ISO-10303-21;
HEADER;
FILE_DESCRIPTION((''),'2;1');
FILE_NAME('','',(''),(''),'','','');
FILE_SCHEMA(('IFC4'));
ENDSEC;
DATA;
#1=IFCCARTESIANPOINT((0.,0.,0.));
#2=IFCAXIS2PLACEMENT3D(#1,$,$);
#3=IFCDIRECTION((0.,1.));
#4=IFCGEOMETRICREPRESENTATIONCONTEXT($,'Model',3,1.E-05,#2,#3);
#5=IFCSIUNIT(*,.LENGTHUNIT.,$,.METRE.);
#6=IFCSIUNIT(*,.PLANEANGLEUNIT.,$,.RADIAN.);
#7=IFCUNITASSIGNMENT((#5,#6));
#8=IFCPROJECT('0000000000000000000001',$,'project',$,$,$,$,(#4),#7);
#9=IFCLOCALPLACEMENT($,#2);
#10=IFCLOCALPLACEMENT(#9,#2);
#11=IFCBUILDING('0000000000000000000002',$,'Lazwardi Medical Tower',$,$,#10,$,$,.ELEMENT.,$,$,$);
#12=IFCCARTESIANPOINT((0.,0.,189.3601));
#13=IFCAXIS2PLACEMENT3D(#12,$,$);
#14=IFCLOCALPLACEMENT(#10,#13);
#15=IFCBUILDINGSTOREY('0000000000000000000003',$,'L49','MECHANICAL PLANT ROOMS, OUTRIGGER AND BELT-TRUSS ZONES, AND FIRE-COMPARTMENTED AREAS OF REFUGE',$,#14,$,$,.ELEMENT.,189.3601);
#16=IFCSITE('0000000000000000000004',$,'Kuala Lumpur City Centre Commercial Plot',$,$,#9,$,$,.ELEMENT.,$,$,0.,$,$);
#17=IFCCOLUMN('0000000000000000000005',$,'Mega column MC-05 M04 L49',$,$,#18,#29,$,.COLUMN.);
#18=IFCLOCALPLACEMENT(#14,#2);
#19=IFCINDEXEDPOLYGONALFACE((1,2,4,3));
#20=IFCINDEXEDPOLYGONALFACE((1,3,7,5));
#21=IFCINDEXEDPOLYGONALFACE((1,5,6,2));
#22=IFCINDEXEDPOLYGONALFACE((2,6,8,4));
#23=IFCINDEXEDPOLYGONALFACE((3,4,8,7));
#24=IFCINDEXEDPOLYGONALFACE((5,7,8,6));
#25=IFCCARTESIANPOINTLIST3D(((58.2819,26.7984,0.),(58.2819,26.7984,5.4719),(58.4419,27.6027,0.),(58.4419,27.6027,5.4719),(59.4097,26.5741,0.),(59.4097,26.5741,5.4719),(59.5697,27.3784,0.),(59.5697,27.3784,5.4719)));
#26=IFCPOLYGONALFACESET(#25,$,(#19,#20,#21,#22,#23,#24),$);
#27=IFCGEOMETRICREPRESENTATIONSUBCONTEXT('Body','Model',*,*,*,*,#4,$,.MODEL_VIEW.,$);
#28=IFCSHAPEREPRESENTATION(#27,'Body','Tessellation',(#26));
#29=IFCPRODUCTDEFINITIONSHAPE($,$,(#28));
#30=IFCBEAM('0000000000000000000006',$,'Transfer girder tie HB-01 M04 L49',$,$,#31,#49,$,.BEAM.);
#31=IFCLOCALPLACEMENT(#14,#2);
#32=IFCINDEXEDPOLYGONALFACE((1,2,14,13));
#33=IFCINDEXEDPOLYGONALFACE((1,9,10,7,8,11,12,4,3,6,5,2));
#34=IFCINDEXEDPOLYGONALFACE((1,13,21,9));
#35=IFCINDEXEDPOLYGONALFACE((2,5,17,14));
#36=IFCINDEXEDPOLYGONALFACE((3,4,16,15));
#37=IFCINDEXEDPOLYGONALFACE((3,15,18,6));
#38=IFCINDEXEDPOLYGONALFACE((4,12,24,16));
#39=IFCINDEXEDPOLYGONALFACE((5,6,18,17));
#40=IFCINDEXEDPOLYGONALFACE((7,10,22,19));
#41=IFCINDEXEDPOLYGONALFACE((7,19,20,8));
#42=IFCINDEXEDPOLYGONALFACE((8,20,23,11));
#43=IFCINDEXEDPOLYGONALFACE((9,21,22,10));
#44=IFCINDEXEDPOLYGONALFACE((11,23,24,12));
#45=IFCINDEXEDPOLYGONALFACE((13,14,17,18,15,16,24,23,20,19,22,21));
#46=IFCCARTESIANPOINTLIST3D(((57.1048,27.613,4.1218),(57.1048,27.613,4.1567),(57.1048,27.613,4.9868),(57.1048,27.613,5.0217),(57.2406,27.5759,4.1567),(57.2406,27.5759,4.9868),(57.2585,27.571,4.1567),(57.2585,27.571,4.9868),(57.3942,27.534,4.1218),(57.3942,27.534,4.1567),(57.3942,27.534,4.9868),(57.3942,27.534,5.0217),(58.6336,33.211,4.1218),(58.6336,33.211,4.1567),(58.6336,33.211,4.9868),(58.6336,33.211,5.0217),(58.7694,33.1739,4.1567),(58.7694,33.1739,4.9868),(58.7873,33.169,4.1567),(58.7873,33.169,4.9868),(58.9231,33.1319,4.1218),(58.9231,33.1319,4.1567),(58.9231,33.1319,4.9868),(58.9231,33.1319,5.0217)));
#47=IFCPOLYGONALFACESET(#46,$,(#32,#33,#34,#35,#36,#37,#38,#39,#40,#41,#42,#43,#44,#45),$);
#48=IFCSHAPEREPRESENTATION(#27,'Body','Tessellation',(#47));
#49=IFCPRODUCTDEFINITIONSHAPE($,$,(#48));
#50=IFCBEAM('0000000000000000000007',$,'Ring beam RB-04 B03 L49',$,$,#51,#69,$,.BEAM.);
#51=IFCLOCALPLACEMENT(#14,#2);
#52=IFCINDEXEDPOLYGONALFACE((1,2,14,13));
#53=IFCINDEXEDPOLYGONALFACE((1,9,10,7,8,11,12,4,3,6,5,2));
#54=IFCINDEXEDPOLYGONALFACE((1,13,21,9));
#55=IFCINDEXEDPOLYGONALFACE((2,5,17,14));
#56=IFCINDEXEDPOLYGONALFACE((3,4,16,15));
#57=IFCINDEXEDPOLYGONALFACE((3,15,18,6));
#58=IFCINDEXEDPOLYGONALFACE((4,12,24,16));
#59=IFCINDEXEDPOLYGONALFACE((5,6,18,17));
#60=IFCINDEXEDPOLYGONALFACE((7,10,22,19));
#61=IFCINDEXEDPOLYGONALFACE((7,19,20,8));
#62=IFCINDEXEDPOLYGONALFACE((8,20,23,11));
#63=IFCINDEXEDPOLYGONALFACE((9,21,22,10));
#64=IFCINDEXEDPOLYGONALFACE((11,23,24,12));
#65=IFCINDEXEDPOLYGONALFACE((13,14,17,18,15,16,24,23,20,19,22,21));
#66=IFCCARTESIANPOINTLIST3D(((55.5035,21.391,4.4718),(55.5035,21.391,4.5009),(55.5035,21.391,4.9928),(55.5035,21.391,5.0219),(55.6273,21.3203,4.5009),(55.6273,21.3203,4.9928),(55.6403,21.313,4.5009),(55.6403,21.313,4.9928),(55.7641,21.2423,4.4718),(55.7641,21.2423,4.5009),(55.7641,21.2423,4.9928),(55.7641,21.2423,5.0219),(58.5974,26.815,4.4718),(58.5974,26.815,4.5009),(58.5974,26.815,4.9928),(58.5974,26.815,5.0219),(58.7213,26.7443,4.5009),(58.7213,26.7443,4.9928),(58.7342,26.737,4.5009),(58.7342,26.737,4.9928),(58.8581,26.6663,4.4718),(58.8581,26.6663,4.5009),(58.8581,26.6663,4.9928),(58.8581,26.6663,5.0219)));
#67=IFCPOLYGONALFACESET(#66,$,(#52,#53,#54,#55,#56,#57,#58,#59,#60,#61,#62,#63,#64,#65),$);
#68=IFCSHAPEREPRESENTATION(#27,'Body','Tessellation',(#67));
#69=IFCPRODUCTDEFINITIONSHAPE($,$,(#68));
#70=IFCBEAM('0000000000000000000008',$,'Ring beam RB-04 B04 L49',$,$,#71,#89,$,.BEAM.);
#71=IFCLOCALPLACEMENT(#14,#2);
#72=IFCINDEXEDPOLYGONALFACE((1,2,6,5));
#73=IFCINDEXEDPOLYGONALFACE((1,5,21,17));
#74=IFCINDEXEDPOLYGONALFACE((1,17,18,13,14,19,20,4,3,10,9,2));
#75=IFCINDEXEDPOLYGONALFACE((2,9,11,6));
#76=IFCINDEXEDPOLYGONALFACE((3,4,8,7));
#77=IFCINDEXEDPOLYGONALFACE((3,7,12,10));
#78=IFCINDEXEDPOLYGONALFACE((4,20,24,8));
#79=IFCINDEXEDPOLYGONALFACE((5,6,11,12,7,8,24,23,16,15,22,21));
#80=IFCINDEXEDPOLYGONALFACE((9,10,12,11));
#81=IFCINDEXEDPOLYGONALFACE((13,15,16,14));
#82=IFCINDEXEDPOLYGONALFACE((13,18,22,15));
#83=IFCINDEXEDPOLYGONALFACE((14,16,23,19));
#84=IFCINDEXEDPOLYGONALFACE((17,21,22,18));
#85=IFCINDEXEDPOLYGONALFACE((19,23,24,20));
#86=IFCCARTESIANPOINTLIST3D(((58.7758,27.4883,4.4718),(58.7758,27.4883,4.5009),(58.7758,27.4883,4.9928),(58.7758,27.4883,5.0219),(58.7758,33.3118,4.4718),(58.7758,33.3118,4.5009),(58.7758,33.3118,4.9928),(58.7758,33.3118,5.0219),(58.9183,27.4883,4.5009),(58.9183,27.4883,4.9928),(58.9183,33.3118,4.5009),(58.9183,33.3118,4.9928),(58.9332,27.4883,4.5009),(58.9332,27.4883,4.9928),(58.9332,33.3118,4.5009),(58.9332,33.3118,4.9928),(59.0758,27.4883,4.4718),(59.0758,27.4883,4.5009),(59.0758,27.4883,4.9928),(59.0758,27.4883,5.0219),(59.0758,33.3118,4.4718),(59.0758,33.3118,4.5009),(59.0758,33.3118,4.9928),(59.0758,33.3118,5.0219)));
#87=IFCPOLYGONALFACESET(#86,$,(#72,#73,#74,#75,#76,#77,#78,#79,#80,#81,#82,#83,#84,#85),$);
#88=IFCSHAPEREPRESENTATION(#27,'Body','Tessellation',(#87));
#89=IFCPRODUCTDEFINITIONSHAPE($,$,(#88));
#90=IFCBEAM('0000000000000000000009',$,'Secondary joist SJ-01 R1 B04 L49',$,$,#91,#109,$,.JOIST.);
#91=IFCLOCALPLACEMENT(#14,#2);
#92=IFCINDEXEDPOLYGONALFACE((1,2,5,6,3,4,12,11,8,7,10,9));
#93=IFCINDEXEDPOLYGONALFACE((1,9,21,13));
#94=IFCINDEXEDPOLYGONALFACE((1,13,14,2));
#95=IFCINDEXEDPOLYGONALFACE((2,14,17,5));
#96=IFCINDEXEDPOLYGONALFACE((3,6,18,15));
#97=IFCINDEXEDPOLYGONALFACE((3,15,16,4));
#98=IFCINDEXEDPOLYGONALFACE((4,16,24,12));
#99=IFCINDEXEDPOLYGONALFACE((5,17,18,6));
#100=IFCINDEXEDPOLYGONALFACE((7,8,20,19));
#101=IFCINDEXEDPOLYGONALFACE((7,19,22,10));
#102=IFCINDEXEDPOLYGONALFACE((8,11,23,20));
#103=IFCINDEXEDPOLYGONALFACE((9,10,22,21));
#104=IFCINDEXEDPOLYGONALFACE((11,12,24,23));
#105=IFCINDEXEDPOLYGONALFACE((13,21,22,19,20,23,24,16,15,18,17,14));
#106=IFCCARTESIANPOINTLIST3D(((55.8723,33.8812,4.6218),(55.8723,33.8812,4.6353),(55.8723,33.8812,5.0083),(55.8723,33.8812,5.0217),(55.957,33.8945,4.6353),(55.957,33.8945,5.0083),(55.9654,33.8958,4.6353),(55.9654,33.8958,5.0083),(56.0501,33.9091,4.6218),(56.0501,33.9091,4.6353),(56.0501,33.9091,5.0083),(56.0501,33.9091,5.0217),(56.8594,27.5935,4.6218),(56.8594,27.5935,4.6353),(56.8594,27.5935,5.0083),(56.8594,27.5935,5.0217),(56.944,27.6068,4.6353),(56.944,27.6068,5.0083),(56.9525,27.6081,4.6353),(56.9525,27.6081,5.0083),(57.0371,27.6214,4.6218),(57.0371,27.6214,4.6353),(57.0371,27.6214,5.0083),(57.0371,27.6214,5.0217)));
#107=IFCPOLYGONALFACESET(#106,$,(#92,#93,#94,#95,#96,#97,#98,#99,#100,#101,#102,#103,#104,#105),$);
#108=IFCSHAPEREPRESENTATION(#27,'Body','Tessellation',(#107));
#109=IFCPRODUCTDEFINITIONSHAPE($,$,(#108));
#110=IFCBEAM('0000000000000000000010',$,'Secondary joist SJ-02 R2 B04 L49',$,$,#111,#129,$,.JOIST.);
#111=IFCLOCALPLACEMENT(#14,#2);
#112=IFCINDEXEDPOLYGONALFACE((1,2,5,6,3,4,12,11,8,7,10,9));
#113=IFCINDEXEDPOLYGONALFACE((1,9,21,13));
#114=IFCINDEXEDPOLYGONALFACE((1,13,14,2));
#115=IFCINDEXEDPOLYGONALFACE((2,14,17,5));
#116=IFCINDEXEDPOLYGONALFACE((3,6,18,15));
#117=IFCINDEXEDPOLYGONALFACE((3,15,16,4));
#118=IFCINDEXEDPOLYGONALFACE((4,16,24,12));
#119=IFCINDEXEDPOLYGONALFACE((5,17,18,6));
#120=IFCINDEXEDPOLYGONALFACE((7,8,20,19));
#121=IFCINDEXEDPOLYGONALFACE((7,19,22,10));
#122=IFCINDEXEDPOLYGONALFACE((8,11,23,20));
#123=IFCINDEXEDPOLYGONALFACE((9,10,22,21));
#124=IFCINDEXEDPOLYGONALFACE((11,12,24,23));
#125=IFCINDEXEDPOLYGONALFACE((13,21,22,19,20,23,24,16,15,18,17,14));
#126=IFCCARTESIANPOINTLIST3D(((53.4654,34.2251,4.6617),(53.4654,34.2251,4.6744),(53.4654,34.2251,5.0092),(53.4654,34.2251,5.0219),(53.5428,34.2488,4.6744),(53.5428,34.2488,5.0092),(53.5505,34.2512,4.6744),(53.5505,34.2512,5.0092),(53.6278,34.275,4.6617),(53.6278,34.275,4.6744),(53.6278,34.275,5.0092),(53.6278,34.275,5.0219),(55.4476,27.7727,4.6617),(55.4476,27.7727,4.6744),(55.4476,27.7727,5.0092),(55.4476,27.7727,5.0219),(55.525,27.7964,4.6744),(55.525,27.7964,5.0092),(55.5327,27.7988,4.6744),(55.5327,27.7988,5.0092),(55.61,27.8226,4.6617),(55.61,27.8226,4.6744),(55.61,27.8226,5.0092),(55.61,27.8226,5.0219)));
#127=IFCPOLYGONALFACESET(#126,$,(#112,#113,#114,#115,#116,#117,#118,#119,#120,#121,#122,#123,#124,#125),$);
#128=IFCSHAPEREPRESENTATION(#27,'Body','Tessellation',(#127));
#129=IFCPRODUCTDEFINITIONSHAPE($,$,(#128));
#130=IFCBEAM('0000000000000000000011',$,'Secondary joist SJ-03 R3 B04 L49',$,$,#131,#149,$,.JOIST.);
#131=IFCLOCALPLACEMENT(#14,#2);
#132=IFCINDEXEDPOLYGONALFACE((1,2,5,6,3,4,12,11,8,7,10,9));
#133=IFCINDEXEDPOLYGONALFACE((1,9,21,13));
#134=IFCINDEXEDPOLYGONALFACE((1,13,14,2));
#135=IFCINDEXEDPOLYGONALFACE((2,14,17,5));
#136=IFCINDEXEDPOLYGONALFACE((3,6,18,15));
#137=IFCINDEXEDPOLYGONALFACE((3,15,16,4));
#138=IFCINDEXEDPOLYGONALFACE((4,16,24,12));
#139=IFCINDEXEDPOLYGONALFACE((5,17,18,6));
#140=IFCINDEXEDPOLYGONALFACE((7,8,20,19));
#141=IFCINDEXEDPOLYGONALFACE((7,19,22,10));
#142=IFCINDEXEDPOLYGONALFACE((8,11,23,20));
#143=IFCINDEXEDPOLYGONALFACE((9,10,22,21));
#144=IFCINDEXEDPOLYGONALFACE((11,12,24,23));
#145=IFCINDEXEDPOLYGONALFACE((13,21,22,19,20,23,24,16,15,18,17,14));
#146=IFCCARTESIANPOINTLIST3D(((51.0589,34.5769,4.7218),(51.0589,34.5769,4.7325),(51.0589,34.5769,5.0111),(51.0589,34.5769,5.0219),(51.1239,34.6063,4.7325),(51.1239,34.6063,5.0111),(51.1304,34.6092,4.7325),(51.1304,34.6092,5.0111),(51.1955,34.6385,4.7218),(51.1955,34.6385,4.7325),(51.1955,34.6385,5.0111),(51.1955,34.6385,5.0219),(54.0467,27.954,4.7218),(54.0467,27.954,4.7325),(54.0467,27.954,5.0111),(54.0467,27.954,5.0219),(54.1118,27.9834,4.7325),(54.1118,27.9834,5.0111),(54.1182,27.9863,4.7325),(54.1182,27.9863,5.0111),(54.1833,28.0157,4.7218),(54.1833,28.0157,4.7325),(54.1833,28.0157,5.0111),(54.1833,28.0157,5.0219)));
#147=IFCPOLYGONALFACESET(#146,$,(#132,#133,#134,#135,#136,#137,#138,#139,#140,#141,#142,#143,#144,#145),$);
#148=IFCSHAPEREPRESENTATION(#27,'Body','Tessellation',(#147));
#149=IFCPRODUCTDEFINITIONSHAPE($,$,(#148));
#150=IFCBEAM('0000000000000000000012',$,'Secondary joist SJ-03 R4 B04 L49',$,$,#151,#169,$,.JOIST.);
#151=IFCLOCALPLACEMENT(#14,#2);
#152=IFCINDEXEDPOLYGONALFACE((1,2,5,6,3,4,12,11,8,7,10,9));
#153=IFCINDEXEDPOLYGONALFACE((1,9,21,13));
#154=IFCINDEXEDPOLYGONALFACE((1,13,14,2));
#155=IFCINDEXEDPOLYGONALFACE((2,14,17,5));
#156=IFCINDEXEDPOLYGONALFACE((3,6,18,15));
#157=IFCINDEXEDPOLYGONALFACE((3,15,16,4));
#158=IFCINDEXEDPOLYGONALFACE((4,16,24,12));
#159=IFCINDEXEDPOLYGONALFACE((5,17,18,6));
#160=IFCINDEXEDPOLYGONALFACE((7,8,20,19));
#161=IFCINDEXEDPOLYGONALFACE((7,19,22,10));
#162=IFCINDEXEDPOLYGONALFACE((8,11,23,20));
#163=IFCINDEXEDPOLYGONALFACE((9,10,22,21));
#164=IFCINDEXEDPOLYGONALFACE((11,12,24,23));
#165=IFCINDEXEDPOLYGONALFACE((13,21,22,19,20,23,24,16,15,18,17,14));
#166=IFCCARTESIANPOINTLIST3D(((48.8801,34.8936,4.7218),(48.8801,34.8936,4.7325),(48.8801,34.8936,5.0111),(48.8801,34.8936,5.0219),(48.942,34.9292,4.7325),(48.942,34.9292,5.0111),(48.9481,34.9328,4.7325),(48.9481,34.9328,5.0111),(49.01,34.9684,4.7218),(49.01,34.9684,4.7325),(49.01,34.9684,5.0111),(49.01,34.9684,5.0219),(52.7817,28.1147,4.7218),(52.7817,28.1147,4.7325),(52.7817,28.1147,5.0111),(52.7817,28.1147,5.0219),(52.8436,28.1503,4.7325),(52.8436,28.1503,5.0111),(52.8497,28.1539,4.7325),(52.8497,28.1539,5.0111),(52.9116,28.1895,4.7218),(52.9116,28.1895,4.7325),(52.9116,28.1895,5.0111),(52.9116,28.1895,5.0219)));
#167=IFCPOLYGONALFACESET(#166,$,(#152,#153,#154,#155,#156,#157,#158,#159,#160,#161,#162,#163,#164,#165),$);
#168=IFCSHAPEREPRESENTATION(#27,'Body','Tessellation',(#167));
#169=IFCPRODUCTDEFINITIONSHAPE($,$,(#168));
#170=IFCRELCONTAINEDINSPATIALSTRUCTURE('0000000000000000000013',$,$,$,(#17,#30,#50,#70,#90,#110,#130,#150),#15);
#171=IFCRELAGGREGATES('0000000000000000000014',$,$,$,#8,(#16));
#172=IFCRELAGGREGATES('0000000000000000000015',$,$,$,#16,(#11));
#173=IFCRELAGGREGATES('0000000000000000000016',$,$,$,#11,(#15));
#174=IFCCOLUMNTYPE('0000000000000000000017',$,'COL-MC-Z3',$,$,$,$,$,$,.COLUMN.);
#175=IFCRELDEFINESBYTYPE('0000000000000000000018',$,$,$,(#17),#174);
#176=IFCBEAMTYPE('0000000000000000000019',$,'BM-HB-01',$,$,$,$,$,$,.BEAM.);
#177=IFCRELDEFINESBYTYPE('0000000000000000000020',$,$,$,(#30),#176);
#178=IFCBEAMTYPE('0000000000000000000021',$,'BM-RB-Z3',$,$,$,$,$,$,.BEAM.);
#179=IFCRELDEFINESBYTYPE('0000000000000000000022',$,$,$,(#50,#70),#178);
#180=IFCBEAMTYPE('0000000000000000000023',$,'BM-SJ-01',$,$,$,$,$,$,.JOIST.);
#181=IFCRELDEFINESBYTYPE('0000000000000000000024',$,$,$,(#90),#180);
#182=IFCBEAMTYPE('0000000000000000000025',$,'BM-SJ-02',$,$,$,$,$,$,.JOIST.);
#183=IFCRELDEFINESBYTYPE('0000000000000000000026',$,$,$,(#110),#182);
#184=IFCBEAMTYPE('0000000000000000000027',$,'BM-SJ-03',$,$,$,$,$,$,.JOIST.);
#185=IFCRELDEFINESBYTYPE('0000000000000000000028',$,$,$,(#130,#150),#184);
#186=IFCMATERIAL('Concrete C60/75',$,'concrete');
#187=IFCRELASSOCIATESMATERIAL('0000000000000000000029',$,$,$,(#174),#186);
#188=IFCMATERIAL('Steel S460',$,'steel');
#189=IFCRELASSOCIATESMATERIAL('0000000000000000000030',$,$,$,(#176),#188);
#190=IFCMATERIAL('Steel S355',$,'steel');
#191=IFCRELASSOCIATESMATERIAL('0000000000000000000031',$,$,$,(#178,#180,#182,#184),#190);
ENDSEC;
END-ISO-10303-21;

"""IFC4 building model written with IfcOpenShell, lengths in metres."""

from ifc_helpers import new_model, si_unit, direction, frame, origin, origin_2d, place, context, subcontext, project, spatial, rectangle, i_section, extrude, material, material_profile, profile_set, type_object, element, save


model = new_model("IFC4")

# Units and contexts
model_context = context("Model", 3, precision=1e-05, world=origin(), true_north=direction((0.0, 1.0)))
body_context = subcontext(model_context, "Body", "Model", "MODEL_VIEW")
ifc_project = project(units=[si_unit("LENGTHUNIT", "METRE"), si_unit("PLANEANGLEUNIT", "RADIAN")], contexts=[model_context])

# Site, building, storey
site_placement = place(None, origin())
site = spatial("IfcSite", under=ifc_project, at=site_placement, Name="Kuala Lumpur City Centre Commercial Plot", CompositionType="ELEMENT", RefElevation=0.0)
building_placement = place(site_placement, origin())
building = spatial("IfcBuilding", under=site, at=building_placement, Name="Lazwardi Medical Tower", CompositionType="ELEMENT")
storey_placement = place(building_placement, frame((0.0, 0.0, 189.3601)))
storey = spatial("IfcBuildingStorey", under=building, at=storey_placement, Name="L49", Description="MECHANICAL PLANT ROOMS, OUTRIGGER AND BELT-TRUSS ZONES, AND FIRE-COMPARTMENTED AREAS OF REFUGE", CompositionType="ELEMENT", Elevation=189.3601)

# Column
ifc_material_1 = material(Name="Concrete C60/75", Category="concrete")
ifc_material_profile_1 = material_profile(ifc_material_1, rectangle(XDim=1.1499, YDim=0.8201, at=origin_2d()), Name="CFT-RECT 1150x820")
ifc_profile_set_1 = profile_set([ifc_material_profile_1], Name="Concrete C60/75")
column_type = type_object("IfcColumnType", Name="COL-MC-Z3", PredefinedType="COLUMN", material=ifc_profile_set_1)
column_placement = place(storey_placement, frame((58.9258, 27.0884, 0.0), z_axis=(0.0, 0.0, 1.0), x_axis=(0.980785, -0.19509, 0.0)))
element("IfcColumn", 1, at=column_placement, inside=storey, type_object=column_type, Name="Mega column MC-05 M04 L49", PredefinedType="COLUMN", context=body_context, shape_type="SweptSolid", body=[
    extrude(rectangle(XDim=1.1499, YDim=0.8201, at=origin_2d()), origin(), (0.0, 0.0, 1.0), 5.4719),
])

# Beams
ifc_material_2 = material(Name="Steel S460", Category="steel")
ifc_material_profile_2 = material_profile(ifc_material_2, i_section(OverallWidth=0.3, OverallDepth=0.8999, WebThickness=0.0186, FlangeThickness=0.0349, at=origin_2d()), Name="HEB 900")
ifc_profile_set_2 = profile_set([ifc_material_profile_2], Name="Steel S460")
beam_type_1 = type_object("IfcBeamType", Name="BM-HB-01", PredefinedType="BEAM", material=ifc_profile_set_2)
beam_1_placement = place(storey_placement, frame((57.2495, 27.5735, 4.5718), z_axis=(0.263456, 0.964672, 0.0), x_axis=(-0.964672, 0.263456, 0.0)))
element("IfcBeam", 2, at=beam_1_placement, inside=storey, type_object=beam_type_1, Name="Transfer girder tie HB-01 M04 L49", PredefinedType="BEAM", context=body_context, shape_type="SweptSolid", body=[
    extrude(i_section(OverallWidth=0.3, OverallDepth=0.8999, WebThickness=0.0186, FlangeThickness=0.0349, at=origin_2d()), origin(), (0.0, 0.0, 1.0), 5.803),
])
ifc_material_3 = material(Name="Steel S355", Category="steel")
ifc_material_profile_3 = material_profile(ifc_material_3, i_section(OverallWidth=0.3, OverallDepth=0.55, WebThickness=0.0149, FlangeThickness=0.0291, at=origin_2d()), Name="HEB 550")
ifc_profile_set_3 = profile_set([ifc_material_profile_3], Name="Steel S355")
beam_type_2 = type_object("IfcBeamType", Name="BM-RB-Z3", PredefinedType="BEAM", material=ifc_profile_set_3)
beam_2_placement = place(storey_placement, frame((55.6338, 21.3167, 4.7468), z_axis=(0.495478, 0.868621, 0.0), x_axis=(-0.868621, 0.495478, 0.0)))
element("IfcBeam", 3, at=beam_2_placement, inside=storey, type_object=beam_type_2, Name="Ring beam RB-04 B03 L49", PredefinedType="BEAM", context=body_context, shape_type="SweptSolid", body=[
    extrude(i_section(OverallWidth=0.3, OverallDepth=0.55, WebThickness=0.0149, FlangeThickness=0.0291, at=origin_2d()), origin(), (0.0, 0.0, 1.0), 6.2444),
])
beam_3_placement = place(storey_placement, frame((58.9258, 27.4883, 4.7468), z_axis=(0.0, 1.0, 0.0), x_axis=(-1.0, 0.0, 0.0)))
element("IfcBeam", 4, at=beam_3_placement, inside=storey, type_object=beam_type_2, Name="Ring beam RB-04 B04 L49", PredefinedType="BEAM", context=body_context, shape_type="SweptSolid", body=[
    extrude(i_section(OverallWidth=0.3, OverallDepth=0.55, WebThickness=0.0149, FlangeThickness=0.0291, at=origin_2d()), origin(), (0.0, 0.0, 1.0), 5.8235),
])
ifc_material_profile_4 = material_profile(ifc_material_3, i_section(OverallWidth=0.1799, OverallDepth=0.3999, WebThickness=0.0085, FlangeThickness=0.0134, at=origin_2d()), Name="IPE 400")
ifc_profile_set_4 = profile_set([ifc_material_profile_4], Name="Steel S355")
beam_type_3 = type_object("IfcBeamType", Name="BM-SJ-01", PredefinedType="JOIST", material=ifc_profile_set_4)
beam_4_placement = place(storey_placement, frame((56.9482, 27.6074, 4.8218), z_axis=(-0.15508, 0.987902, 0.0), x_axis=(-0.987902, -0.15508, 0.0)))
element("IfcBeam", 5, at=beam_4_placement, inside=storey, type_object=beam_type_3, Name="Secondary joist SJ-01 R1 B04 L49", PredefinedType="JOIST", context=body_context, shape_type="SweptSolid", body=[
    extrude(i_section(OverallWidth=0.1799, OverallDepth=0.3999, WebThickness=0.0085, FlangeThickness=0.0134, at=origin_2d()), origin(), (0.0, 0.0, 1.0), 6.3647),
])
ifc_material_profile_5 = material_profile(ifc_material_3, i_section(OverallWidth=0.1699, OverallDepth=0.3601, WebThickness=0.0081, FlangeThickness=0.0127, at=origin_2d()), Name="IPE 360")
ifc_profile_set_5 = profile_set([ifc_material_profile_5], Name="Steel S355")
beam_type_4 = type_object("IfcBeamType", Name="BM-SJ-02", PredefinedType="JOIST", material=ifc_profile_set_5)
beam_5_placement = place(storey_placement, frame((55.5288, 27.7976, 4.8418), z_axis=(-0.293656, 0.955911, 0.0), x_axis=(-0.955911, -0.293656, 0.0)))
element("IfcBeam", 6, at=beam_5_placement, inside=storey, type_object=beam_type_4, Name="Secondary joist SJ-02 R2 B04 L49", PredefinedType="JOIST", context=body_context, shape_type="SweptSolid", body=[
    extrude(i_section(OverallWidth=0.1699, OverallDepth=0.3601, WebThickness=0.0081, FlangeThickness=0.0127, at=origin_2d()), origin(), (0.0, 0.0, 1.0), 6.75),
])
ifc_material_profile_6 = material_profile(ifc_material_3, i_section(OverallWidth=0.1499, OverallDepth=0.3, WebThickness=0.0071, FlangeThickness=0.0107, at=origin_2d()), Name="IPE 300")
ifc_profile_set_6 = profile_set([ifc_material_profile_6], Name="Steel S355")
beam_type_5 = type_object("IfcBeamType", Name="BM-SJ-03", PredefinedType="JOIST", material=ifc_profile_set_6)
beam_6_placement = place(storey_placement, frame((54.115, 27.9849, 4.8718), z_axis=(-0.411227, 0.911533, 0.0), x_axis=(-0.911533, -0.411227, 0.0)))
element("IfcBeam", 7, at=beam_6_placement, inside=storey, type_object=beam_type_5, Name="Secondary joist SJ-03 R3 B04 L49", PredefinedType="JOIST", context=body_context, shape_type="SweptSolid", body=[
    extrude(i_section(OverallWidth=0.1499, OverallDepth=0.3, WebThickness=0.0071, FlangeThickness=0.0107, at=origin_2d()), origin(), (0.0, 0.0, 1.0), 7.2656),
])
beam_7_placement = place(storey_placement, frame((52.8467, 28.1521, 4.8718), z_axis=(-0.498836, 0.866696, 0.0), x_axis=(-0.866696, -0.498836, 0.0)))
element("IfcBeam", 8, at=beam_7_placement, inside=storey, type_object=beam_type_5, Name="Secondary joist SJ-03 R4 B04 L49", PredefinedType="JOIST", context=body_context, shape_type="SweptSolid", body=[
    extrude(i_section(OverallWidth=0.1499, OverallDepth=0.3, WebThickness=0.0071, FlangeThickness=0.0107, at=origin_2d()), origin(), (0.0, 0.0, 1.0), 7.8215),
])

save(model, "model.ifc")
